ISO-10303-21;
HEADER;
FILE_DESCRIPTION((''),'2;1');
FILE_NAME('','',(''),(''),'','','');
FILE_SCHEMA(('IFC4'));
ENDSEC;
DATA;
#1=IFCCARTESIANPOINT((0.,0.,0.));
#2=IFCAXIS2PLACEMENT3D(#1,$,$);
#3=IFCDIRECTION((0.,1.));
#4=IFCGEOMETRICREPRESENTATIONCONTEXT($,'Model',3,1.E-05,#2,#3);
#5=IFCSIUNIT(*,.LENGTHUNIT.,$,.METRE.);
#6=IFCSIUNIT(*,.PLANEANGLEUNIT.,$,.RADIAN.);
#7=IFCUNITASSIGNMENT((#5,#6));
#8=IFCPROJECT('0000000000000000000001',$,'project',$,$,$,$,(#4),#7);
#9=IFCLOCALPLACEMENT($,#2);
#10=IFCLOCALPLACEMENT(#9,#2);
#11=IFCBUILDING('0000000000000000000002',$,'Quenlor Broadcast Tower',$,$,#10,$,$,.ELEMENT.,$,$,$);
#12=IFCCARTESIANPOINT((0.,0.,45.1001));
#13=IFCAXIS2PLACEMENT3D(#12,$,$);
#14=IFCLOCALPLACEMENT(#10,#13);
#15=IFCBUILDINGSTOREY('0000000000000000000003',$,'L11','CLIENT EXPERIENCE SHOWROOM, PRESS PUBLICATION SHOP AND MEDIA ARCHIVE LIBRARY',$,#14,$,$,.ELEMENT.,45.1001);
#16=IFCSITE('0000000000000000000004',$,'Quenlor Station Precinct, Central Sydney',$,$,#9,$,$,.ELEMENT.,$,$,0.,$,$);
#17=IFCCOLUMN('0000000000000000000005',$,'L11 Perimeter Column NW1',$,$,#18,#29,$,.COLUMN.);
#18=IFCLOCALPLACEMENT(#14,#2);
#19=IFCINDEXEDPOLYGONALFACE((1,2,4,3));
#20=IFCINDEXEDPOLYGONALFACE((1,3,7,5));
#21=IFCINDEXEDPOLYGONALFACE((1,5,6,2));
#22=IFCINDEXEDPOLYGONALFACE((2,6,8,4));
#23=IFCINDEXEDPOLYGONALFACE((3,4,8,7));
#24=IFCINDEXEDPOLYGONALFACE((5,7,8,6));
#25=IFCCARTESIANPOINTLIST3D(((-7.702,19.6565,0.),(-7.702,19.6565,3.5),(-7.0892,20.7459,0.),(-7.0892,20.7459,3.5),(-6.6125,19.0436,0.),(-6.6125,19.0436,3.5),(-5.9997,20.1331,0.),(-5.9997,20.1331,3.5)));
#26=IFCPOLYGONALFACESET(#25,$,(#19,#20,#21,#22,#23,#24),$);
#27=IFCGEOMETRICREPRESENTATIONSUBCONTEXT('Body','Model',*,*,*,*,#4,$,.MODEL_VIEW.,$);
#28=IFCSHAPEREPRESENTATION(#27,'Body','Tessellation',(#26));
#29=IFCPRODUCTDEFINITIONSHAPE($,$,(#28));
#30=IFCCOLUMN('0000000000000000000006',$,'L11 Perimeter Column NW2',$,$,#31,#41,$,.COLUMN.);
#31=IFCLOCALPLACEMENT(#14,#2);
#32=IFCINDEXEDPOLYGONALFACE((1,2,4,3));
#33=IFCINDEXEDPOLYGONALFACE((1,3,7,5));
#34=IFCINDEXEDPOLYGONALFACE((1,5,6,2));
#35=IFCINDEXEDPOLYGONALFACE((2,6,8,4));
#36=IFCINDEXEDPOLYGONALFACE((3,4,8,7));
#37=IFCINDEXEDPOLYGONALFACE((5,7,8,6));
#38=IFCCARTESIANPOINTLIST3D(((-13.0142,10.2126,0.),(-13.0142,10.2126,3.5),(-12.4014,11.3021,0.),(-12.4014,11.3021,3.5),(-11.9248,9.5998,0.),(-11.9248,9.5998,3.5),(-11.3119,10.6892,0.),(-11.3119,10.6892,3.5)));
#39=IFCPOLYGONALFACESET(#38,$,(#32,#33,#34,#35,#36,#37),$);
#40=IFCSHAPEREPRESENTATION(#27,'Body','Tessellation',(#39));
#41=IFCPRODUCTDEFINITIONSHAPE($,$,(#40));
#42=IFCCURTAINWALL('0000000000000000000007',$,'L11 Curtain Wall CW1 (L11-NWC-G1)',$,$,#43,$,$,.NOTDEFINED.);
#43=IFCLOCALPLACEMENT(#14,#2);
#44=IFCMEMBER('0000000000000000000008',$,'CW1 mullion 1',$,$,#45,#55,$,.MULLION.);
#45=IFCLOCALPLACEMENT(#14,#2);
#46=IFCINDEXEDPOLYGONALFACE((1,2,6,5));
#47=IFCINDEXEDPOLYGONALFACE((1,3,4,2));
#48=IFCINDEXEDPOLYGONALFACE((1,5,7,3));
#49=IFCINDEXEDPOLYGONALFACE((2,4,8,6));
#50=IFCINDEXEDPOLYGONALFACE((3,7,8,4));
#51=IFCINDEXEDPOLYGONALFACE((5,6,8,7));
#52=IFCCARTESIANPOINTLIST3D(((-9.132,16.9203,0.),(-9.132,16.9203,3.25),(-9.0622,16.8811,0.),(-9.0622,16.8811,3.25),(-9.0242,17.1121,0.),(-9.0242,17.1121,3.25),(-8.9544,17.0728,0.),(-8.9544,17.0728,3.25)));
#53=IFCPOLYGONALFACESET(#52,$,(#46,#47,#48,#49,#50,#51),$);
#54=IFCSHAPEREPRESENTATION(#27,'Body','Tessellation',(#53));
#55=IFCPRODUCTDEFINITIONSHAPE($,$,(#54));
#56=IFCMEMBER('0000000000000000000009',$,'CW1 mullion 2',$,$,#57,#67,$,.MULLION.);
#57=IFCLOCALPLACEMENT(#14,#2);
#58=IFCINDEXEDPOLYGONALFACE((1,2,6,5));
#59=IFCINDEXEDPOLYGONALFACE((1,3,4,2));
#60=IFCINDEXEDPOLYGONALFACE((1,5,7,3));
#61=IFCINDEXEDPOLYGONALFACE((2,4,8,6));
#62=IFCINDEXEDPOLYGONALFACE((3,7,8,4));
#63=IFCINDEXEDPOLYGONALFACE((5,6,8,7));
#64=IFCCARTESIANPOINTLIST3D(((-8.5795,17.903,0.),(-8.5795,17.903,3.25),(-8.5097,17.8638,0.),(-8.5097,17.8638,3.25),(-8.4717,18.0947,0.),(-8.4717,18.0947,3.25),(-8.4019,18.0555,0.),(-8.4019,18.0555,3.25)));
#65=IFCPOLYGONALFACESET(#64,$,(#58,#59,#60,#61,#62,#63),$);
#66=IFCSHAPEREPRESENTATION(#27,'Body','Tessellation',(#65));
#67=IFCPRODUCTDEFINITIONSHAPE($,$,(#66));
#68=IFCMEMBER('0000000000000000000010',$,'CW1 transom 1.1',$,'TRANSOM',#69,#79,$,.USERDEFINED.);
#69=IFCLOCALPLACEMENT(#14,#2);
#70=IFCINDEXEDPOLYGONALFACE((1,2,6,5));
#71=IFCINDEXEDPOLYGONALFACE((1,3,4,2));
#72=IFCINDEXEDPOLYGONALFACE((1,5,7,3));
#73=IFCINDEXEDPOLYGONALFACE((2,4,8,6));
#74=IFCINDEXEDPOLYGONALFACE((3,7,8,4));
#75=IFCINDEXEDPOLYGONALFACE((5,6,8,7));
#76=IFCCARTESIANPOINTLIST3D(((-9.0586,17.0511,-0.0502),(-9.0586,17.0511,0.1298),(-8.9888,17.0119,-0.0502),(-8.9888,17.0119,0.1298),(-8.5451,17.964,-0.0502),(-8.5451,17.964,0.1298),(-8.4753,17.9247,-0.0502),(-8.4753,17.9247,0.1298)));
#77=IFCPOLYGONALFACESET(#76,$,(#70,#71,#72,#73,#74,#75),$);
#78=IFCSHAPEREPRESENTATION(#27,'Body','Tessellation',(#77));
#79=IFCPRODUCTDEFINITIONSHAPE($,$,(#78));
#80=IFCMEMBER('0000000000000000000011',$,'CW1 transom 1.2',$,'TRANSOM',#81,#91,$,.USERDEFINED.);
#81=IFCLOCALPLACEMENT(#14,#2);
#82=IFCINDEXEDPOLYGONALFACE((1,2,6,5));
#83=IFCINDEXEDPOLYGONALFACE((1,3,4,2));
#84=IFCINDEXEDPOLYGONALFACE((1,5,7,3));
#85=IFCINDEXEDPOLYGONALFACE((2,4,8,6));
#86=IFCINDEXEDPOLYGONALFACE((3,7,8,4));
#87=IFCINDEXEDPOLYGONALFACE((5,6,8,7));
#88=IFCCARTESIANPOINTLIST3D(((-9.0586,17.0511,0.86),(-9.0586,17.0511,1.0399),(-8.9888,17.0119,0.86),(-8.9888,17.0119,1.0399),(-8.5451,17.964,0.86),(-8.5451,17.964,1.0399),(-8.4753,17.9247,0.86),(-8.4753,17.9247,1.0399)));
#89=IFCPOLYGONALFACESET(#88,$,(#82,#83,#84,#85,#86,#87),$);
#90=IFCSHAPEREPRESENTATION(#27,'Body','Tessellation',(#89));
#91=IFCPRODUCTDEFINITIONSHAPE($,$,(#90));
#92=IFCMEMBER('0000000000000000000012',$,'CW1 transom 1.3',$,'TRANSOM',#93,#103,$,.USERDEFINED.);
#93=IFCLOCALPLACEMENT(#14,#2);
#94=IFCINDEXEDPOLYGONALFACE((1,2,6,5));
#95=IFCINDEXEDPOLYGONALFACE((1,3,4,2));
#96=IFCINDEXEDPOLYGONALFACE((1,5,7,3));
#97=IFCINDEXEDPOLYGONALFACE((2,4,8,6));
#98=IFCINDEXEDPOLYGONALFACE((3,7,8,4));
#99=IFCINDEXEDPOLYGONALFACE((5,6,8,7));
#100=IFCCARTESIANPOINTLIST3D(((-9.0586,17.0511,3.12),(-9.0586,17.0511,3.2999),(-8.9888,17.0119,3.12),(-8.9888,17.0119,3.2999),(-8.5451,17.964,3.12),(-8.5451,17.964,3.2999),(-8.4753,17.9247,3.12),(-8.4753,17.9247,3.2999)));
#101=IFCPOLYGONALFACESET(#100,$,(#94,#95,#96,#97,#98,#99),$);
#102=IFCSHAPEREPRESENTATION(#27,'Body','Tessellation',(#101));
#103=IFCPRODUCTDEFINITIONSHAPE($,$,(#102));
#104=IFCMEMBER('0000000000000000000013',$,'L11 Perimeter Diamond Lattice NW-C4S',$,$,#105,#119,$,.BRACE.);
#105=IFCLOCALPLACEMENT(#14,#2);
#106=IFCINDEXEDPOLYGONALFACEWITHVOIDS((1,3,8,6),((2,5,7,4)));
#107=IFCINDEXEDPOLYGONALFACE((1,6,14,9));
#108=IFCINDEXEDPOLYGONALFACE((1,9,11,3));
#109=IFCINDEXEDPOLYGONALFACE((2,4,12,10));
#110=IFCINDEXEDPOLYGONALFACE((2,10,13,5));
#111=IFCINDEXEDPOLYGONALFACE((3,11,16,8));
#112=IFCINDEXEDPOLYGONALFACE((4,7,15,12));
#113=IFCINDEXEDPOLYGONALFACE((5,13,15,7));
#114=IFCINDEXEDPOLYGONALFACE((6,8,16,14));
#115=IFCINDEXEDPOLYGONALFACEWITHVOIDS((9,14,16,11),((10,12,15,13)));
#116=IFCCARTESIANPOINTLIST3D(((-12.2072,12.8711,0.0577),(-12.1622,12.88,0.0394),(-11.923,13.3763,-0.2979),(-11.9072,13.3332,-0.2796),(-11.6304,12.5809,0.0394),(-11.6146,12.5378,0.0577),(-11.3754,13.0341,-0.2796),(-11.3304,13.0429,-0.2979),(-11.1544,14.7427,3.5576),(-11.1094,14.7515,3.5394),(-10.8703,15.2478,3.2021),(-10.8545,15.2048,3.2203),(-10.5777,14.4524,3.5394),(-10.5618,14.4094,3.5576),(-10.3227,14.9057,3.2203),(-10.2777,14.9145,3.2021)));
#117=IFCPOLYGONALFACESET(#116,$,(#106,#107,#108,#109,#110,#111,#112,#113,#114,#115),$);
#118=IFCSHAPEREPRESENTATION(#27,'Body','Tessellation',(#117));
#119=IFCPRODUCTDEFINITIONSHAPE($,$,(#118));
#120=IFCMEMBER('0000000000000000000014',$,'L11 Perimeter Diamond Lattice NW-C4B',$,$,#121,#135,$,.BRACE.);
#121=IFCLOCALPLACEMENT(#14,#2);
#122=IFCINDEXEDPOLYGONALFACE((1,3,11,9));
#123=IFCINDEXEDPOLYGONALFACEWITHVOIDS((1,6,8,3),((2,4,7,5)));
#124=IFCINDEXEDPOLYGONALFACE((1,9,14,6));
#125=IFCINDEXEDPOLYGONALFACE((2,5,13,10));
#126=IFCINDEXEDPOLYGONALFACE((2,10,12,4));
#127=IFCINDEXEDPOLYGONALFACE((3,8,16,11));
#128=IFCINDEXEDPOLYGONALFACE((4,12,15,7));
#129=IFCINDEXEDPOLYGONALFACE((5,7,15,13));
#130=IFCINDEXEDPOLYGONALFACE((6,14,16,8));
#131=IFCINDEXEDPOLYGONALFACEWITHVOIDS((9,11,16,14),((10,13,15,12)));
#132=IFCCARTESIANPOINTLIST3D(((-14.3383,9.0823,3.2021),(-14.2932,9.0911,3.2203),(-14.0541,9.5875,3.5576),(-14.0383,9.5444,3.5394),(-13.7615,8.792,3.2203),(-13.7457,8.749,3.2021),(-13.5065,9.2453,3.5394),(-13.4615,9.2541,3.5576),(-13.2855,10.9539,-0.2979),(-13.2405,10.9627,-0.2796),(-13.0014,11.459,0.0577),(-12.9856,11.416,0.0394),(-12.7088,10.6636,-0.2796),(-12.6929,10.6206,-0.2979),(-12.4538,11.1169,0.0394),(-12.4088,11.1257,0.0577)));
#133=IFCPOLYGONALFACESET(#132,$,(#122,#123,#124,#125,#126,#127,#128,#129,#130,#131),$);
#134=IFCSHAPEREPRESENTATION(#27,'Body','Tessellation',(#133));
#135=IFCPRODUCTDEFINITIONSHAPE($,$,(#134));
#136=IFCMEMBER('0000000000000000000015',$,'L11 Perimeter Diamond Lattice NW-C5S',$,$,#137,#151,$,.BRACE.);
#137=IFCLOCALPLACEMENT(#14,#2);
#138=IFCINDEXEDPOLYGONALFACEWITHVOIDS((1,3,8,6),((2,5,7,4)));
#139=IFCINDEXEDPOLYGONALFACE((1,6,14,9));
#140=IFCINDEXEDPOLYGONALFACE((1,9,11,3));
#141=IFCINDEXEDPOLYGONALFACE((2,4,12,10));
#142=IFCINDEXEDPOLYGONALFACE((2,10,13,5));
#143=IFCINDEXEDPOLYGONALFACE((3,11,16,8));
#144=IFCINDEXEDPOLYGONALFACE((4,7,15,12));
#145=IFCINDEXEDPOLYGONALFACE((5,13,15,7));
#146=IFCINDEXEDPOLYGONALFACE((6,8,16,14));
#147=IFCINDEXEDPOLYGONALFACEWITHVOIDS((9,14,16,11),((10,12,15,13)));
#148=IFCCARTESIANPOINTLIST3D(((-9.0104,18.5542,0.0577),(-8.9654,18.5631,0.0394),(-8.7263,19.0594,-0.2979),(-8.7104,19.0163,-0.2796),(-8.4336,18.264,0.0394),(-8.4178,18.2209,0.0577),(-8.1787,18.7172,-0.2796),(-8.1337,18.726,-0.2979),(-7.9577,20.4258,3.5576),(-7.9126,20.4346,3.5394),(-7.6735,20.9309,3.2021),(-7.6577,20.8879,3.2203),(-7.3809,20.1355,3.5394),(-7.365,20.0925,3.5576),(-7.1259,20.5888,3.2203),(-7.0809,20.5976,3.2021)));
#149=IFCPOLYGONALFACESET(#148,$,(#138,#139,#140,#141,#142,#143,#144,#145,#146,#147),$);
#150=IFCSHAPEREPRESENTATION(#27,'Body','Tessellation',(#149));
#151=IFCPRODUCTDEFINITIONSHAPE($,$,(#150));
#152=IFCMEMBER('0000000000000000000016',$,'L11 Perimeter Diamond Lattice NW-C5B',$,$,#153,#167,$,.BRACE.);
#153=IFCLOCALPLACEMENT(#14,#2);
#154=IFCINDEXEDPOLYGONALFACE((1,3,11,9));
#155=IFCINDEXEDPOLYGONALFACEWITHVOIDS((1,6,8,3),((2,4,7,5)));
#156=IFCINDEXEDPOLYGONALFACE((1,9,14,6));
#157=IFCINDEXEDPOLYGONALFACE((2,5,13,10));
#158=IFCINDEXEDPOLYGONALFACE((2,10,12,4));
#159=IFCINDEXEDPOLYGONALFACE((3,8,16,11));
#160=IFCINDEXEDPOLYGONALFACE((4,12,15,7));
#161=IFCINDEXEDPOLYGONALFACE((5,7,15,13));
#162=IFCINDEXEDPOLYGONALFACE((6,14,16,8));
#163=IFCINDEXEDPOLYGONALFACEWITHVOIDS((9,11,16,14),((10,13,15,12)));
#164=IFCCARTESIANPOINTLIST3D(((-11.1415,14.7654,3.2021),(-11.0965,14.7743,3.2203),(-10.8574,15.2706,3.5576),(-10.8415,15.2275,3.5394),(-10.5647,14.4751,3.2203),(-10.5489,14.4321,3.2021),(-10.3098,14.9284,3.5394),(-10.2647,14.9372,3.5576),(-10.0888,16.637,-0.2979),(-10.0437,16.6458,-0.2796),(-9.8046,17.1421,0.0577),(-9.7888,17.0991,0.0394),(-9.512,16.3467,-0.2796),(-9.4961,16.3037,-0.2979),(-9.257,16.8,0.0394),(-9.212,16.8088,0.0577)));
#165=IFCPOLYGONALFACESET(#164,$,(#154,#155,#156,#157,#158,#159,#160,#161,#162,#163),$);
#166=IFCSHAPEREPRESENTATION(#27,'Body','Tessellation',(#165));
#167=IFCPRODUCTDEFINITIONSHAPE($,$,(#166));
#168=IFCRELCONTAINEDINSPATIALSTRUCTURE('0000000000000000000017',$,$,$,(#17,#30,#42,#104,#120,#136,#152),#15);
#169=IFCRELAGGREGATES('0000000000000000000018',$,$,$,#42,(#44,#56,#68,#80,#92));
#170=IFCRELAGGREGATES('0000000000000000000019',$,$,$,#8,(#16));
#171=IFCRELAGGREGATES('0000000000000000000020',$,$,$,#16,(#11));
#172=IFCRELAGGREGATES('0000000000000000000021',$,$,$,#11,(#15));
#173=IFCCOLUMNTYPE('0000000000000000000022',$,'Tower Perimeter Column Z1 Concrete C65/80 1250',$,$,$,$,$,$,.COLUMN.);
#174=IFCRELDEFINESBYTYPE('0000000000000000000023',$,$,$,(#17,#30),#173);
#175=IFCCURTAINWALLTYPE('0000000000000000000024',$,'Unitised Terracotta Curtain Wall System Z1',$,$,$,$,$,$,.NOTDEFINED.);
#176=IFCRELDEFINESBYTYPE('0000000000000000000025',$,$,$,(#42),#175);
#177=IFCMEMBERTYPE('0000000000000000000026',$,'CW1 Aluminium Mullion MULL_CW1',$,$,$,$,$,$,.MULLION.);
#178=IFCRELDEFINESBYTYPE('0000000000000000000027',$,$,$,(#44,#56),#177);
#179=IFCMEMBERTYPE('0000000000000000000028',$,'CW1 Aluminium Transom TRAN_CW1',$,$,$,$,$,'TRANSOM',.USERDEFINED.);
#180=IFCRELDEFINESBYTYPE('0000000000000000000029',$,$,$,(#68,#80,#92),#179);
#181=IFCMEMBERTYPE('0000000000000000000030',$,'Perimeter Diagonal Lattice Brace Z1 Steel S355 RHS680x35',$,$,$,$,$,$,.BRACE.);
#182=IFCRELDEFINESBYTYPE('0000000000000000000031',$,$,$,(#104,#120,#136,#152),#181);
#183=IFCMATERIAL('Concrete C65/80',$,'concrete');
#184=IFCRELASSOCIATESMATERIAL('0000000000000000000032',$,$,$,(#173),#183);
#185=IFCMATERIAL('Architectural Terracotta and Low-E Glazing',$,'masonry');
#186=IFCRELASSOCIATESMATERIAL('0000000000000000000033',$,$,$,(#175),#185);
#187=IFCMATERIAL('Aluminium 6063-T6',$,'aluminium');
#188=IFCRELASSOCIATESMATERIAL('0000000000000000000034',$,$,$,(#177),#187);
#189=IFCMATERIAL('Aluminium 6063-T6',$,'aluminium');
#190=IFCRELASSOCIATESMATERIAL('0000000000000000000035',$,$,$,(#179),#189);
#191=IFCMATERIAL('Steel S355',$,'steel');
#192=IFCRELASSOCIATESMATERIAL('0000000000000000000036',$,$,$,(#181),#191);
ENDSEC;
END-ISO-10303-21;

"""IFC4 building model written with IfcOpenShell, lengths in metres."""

from ifc_helpers import new_model, si_unit, direction, frame, origin, origin_2d, place, context, subcontext, project, spatial, rectangle, hollow_rectangle, extrude, material, material_profile, profile_set, type_object, element, aggregate, save


model = new_model("IFC4")

# Units and contexts
model_context = context("Model", 3, precision=1e-05, world=origin(), true_north=direction((0.0, 1.0)))
body_context = subcontext(model_context, "Body", "Model", "MODEL_VIEW")
ifc_project = project(units=[si_unit("LENGTHUNIT", "METRE"), si_unit("PLANEANGLEUNIT", "RADIAN")], contexts=[model_context])

# Site, building, storey
site_placement = place(None, origin())
site = spatial("IfcSite", under=ifc_project, at=site_placement, Name="Quenlor Station Precinct, Central Sydney", CompositionType="ELEMENT", RefElevation=0.0)
building_placement = place(site_placement, origin())
building = spatial("IfcBuilding", under=site, at=building_placement, Name="Quenlor Broadcast Tower", CompositionType="ELEMENT")
storey_placement = place(building_placement, frame((0.0, 0.0, 45.1001)))
storey = spatial("IfcBuildingStorey", under=building, at=storey_placement, Name="L11", Description="CLIENT EXPERIENCE SHOWROOM, PRESS PUBLICATION SHOP AND MEDIA ARCHIVE LIBRARY", CompositionType="ELEMENT", Elevation=45.1001)

# Columns
ifc_material_1 = material(Name="Concrete C65/80", Category="concrete")
ifc_material_profile_1 = material_profile(ifc_material_1, rectangle(XDim=1.25, YDim=1.25, at=origin_2d()))
ifc_profile_set_1 = profile_set([ifc_material_profile_1], Name="Concrete C65/80 RC1250x1250")
column_type = type_object("IfcColumnType", Name="Tower Perimeter Column Z1 Concrete C65/80 1250", PredefinedType="COLUMN", material=ifc_profile_set_1)
for number, where, z_axis, x_axis, name in (
    (1, (-6.8508, 19.8948, 0.0), (0.0, 0.0, 1.0), (-0.871575, 0.490262, 0.0), "L11 Perimeter Column NW1"),
    (2, (-12.1631, 10.4509, 0.0), (0.0, 0.0, 1.0), (-0.871575, 0.490262, 0.0), "L11 Perimeter Column NW2"),
):
    element("IfcColumn", number, at=place(storey_placement, frame(where, z_axis=z_axis, x_axis=x_axis)), inside=storey, type_object=column_type, Name=name, PredefinedType="COLUMN", context=body_context, shape_type="SweptSolid", body=[
        extrude(rectangle(XDim=1.25, YDim=1.25, at=origin_2d()), origin(), (0.0, 0.0, 1.0), 3.5),
    ])

# Curtain wall, members
ifc_material_2 = material(Name="Architectural Terracotta and Low-E Glazing", Category="masonry")
curtain_wall_type = type_object("IfcCurtainWallType", Name="Unitised Terracotta Curtain Wall System Z1", PredefinedType="NOTDEFINED", material=ifc_material_2)
curtain_wall_placement = place(storey_placement, origin())
curtain_wall = element("IfcCurtainWall", 3, at=curtain_wall_placement, inside=storey, type_object=curtain_wall_type, Name="L11 Curtain Wall CW1 (L11-NWC-G1)", PredefinedType="NOTDEFINED")
ifc_material_3 = material(Name="Aluminium 6063-T6", Category="aluminium")
ifc_material_profile_2 = material_profile(ifc_material_3, rectangle(XDim=0.0801, YDim=0.22, at=origin_2d()))
ifc_profile_set_2 = profile_set([ifc_material_profile_2], Name="Aluminium 6063-T6 MULL80x220")
member_type_1 = type_object("IfcMemberType", Name="CW1 Aluminium Mullion MULL_CW1", PredefinedType="MULLION", material=ifc_profile_set_2)
member_1_placement = place(storey_placement, frame((-9.0432, 16.9966, 0.0), z_axis=(0.0, 0.0, 1.0), x_axis=(-0.871602, 0.490214, 0.0)))
member_1 = element("IfcMember", 4, at=member_1_placement, type_object=member_type_1, Name="CW1 mullion 1", PredefinedType="MULLION", context=body_context, shape_type="SweptSolid", body=[
    extrude(rectangle(XDim=0.0801, YDim=0.22, at=origin_2d()), origin(), (0.0, 0.0, 1.0), 3.25),
])
member_2_placement = place(storey_placement, frame((-8.4907, 17.9792, 0.0), z_axis=(0.0, 0.0, 1.0), x_axis=(-0.871602, 0.490214, 0.0)))
member_2 = element("IfcMember", 5, at=member_2_placement, type_object=member_type_1, Name="CW1 mullion 2", PredefinedType="MULLION", context=body_context, shape_type="SweptSolid", body=[
    extrude(rectangle(XDim=0.0801, YDim=0.22, at=origin_2d()), origin(), (0.0, 0.0, 1.0), 3.25),
])
ifc_material_4 = material(Name="Aluminium 6063-T6", Category="aluminium")
ifc_material_profile_3 = material_profile(ifc_material_4, rectangle(XDim=0.0801, YDim=0.1799, at=origin_2d()))
ifc_profile_set_3 = profile_set([ifc_material_profile_3], Name="Aluminium 6063-T6 TRAN80x180")
member_type_2 = type_object("IfcMemberType", Name="CW1 Aluminium Transom TRAN_CW1", ElementType="TRANSOM", PredefinedType="USERDEFINED", material=ifc_profile_set_3)
member_3_placement = place(storey_placement, frame((-9.0237, 17.0315, 0.0398), z_axis=(0.490228, 0.871594, 0.0), x_axis=(-0.871594, 0.490228, 0.0)))
member_3 = element("IfcMember", 6, at=member_3_placement, type_object=member_type_2, Name="CW1 transom 1.1", ObjectType="TRANSOM", PredefinedType="USERDEFINED", context=body_context, shape_type="SweptSolid", body=[
    extrude(rectangle(XDim=0.0801, YDim=0.1799, at=origin_2d()), origin(), (0.0, 0.0, 1.0), 1.0474),
])
member_4_placement = place(storey_placement, frame((-9.0237, 17.0315, 0.95), z_axis=(0.490228, 0.871594, 0.0), x_axis=(-0.871594, 0.490228, 0.0)))
member_4 = element("IfcMember", 7, at=member_4_placement, type_object=member_type_2, Name="CW1 transom 1.2", ObjectType="TRANSOM", PredefinedType="USERDEFINED", context=body_context, shape_type="SweptSolid", body=[
    extrude(rectangle(XDim=0.0801, YDim=0.1799, at=origin_2d()), origin(), (0.0, 0.0, 1.0), 1.0474),
])
member_5_placement = place(storey_placement, frame((-9.0237, 17.0315, 3.21), z_axis=(0.490228, 0.871594, 0.0), x_axis=(-0.871594, 0.490228, 0.0)))
member_5 = element("IfcMember", 8, at=member_5_placement, type_object=member_type_2, Name="CW1 transom 1.3", ObjectType="TRANSOM", PredefinedType="USERDEFINED", context=body_context, shape_type="SweptSolid", body=[
    extrude(rectangle(XDim=0.0801, YDim=0.1799, at=origin_2d()), origin(), (0.0, 0.0, 1.0), 1.0474),
])

# Members
ifc_material_5 = material(Name="Steel S355", Category="steel")
ifc_material_profile_4 = material_profile(ifc_material_5, hollow_rectangle(XDim=0.6799, YDim=0.6799, WallThickness=0.0349, at=origin_2d()))
ifc_profile_set_4 = profile_set([ifc_material_profile_4], Name="Steel S355 RHS680x680x35")
member_type_3 = type_object("IfcMemberType", Name="Perimeter Diagonal Lattice Brace Z1 Steel S355 RHS680x35", PredefinedType="BRACE", material=ifc_profile_set_4)
for number, where, z_axis, x_axis, name in (
    (9, (-11.7688, 12.957, -0.1201), (0.256375, 0.455792, 0.852365), (-0.871582, 0.49025, 0.0), "L11 Perimeter Diamond Lattice NW-C4S"),
    (10, (-12.8472, 11.0398, -0.1201), (-0.256375, -0.455792, 0.852365), (0.871582, -0.49025, 0.0), "L11 Perimeter Diamond Lattice NW-C4B"),
    (11, (-8.572, 18.6401, -0.1201), (0.256375, 0.455792, 0.852365), (-0.871582, 0.49025, 0.0), "L11 Perimeter Diamond Lattice NW-C5S"),
    (12, (-9.6504, 16.7229, -0.1201), (-0.256375, -0.455792, 0.852365), (0.871582, -0.49025, 0.0), "L11 Perimeter Diamond Lattice NW-C5B"),
):
    element("IfcMember", number, at=place(storey_placement, frame(where, z_axis=z_axis, x_axis=x_axis)), inside=storey, type_object=member_type_3, Name=name, PredefinedType="BRACE", context=body_context, shape_type="SweptSolid", body=[
        extrude(hollow_rectangle(XDim=0.6799, YDim=0.6799, WallThickness=0.0349, at=origin_2d()), origin(), (0.0, 0.0, 1.0), 4.1062),
    ])

aggregate(curtain_wall, [member_1, member_2, member_3, member_4, member_5])

save(model, "model.ifc")
